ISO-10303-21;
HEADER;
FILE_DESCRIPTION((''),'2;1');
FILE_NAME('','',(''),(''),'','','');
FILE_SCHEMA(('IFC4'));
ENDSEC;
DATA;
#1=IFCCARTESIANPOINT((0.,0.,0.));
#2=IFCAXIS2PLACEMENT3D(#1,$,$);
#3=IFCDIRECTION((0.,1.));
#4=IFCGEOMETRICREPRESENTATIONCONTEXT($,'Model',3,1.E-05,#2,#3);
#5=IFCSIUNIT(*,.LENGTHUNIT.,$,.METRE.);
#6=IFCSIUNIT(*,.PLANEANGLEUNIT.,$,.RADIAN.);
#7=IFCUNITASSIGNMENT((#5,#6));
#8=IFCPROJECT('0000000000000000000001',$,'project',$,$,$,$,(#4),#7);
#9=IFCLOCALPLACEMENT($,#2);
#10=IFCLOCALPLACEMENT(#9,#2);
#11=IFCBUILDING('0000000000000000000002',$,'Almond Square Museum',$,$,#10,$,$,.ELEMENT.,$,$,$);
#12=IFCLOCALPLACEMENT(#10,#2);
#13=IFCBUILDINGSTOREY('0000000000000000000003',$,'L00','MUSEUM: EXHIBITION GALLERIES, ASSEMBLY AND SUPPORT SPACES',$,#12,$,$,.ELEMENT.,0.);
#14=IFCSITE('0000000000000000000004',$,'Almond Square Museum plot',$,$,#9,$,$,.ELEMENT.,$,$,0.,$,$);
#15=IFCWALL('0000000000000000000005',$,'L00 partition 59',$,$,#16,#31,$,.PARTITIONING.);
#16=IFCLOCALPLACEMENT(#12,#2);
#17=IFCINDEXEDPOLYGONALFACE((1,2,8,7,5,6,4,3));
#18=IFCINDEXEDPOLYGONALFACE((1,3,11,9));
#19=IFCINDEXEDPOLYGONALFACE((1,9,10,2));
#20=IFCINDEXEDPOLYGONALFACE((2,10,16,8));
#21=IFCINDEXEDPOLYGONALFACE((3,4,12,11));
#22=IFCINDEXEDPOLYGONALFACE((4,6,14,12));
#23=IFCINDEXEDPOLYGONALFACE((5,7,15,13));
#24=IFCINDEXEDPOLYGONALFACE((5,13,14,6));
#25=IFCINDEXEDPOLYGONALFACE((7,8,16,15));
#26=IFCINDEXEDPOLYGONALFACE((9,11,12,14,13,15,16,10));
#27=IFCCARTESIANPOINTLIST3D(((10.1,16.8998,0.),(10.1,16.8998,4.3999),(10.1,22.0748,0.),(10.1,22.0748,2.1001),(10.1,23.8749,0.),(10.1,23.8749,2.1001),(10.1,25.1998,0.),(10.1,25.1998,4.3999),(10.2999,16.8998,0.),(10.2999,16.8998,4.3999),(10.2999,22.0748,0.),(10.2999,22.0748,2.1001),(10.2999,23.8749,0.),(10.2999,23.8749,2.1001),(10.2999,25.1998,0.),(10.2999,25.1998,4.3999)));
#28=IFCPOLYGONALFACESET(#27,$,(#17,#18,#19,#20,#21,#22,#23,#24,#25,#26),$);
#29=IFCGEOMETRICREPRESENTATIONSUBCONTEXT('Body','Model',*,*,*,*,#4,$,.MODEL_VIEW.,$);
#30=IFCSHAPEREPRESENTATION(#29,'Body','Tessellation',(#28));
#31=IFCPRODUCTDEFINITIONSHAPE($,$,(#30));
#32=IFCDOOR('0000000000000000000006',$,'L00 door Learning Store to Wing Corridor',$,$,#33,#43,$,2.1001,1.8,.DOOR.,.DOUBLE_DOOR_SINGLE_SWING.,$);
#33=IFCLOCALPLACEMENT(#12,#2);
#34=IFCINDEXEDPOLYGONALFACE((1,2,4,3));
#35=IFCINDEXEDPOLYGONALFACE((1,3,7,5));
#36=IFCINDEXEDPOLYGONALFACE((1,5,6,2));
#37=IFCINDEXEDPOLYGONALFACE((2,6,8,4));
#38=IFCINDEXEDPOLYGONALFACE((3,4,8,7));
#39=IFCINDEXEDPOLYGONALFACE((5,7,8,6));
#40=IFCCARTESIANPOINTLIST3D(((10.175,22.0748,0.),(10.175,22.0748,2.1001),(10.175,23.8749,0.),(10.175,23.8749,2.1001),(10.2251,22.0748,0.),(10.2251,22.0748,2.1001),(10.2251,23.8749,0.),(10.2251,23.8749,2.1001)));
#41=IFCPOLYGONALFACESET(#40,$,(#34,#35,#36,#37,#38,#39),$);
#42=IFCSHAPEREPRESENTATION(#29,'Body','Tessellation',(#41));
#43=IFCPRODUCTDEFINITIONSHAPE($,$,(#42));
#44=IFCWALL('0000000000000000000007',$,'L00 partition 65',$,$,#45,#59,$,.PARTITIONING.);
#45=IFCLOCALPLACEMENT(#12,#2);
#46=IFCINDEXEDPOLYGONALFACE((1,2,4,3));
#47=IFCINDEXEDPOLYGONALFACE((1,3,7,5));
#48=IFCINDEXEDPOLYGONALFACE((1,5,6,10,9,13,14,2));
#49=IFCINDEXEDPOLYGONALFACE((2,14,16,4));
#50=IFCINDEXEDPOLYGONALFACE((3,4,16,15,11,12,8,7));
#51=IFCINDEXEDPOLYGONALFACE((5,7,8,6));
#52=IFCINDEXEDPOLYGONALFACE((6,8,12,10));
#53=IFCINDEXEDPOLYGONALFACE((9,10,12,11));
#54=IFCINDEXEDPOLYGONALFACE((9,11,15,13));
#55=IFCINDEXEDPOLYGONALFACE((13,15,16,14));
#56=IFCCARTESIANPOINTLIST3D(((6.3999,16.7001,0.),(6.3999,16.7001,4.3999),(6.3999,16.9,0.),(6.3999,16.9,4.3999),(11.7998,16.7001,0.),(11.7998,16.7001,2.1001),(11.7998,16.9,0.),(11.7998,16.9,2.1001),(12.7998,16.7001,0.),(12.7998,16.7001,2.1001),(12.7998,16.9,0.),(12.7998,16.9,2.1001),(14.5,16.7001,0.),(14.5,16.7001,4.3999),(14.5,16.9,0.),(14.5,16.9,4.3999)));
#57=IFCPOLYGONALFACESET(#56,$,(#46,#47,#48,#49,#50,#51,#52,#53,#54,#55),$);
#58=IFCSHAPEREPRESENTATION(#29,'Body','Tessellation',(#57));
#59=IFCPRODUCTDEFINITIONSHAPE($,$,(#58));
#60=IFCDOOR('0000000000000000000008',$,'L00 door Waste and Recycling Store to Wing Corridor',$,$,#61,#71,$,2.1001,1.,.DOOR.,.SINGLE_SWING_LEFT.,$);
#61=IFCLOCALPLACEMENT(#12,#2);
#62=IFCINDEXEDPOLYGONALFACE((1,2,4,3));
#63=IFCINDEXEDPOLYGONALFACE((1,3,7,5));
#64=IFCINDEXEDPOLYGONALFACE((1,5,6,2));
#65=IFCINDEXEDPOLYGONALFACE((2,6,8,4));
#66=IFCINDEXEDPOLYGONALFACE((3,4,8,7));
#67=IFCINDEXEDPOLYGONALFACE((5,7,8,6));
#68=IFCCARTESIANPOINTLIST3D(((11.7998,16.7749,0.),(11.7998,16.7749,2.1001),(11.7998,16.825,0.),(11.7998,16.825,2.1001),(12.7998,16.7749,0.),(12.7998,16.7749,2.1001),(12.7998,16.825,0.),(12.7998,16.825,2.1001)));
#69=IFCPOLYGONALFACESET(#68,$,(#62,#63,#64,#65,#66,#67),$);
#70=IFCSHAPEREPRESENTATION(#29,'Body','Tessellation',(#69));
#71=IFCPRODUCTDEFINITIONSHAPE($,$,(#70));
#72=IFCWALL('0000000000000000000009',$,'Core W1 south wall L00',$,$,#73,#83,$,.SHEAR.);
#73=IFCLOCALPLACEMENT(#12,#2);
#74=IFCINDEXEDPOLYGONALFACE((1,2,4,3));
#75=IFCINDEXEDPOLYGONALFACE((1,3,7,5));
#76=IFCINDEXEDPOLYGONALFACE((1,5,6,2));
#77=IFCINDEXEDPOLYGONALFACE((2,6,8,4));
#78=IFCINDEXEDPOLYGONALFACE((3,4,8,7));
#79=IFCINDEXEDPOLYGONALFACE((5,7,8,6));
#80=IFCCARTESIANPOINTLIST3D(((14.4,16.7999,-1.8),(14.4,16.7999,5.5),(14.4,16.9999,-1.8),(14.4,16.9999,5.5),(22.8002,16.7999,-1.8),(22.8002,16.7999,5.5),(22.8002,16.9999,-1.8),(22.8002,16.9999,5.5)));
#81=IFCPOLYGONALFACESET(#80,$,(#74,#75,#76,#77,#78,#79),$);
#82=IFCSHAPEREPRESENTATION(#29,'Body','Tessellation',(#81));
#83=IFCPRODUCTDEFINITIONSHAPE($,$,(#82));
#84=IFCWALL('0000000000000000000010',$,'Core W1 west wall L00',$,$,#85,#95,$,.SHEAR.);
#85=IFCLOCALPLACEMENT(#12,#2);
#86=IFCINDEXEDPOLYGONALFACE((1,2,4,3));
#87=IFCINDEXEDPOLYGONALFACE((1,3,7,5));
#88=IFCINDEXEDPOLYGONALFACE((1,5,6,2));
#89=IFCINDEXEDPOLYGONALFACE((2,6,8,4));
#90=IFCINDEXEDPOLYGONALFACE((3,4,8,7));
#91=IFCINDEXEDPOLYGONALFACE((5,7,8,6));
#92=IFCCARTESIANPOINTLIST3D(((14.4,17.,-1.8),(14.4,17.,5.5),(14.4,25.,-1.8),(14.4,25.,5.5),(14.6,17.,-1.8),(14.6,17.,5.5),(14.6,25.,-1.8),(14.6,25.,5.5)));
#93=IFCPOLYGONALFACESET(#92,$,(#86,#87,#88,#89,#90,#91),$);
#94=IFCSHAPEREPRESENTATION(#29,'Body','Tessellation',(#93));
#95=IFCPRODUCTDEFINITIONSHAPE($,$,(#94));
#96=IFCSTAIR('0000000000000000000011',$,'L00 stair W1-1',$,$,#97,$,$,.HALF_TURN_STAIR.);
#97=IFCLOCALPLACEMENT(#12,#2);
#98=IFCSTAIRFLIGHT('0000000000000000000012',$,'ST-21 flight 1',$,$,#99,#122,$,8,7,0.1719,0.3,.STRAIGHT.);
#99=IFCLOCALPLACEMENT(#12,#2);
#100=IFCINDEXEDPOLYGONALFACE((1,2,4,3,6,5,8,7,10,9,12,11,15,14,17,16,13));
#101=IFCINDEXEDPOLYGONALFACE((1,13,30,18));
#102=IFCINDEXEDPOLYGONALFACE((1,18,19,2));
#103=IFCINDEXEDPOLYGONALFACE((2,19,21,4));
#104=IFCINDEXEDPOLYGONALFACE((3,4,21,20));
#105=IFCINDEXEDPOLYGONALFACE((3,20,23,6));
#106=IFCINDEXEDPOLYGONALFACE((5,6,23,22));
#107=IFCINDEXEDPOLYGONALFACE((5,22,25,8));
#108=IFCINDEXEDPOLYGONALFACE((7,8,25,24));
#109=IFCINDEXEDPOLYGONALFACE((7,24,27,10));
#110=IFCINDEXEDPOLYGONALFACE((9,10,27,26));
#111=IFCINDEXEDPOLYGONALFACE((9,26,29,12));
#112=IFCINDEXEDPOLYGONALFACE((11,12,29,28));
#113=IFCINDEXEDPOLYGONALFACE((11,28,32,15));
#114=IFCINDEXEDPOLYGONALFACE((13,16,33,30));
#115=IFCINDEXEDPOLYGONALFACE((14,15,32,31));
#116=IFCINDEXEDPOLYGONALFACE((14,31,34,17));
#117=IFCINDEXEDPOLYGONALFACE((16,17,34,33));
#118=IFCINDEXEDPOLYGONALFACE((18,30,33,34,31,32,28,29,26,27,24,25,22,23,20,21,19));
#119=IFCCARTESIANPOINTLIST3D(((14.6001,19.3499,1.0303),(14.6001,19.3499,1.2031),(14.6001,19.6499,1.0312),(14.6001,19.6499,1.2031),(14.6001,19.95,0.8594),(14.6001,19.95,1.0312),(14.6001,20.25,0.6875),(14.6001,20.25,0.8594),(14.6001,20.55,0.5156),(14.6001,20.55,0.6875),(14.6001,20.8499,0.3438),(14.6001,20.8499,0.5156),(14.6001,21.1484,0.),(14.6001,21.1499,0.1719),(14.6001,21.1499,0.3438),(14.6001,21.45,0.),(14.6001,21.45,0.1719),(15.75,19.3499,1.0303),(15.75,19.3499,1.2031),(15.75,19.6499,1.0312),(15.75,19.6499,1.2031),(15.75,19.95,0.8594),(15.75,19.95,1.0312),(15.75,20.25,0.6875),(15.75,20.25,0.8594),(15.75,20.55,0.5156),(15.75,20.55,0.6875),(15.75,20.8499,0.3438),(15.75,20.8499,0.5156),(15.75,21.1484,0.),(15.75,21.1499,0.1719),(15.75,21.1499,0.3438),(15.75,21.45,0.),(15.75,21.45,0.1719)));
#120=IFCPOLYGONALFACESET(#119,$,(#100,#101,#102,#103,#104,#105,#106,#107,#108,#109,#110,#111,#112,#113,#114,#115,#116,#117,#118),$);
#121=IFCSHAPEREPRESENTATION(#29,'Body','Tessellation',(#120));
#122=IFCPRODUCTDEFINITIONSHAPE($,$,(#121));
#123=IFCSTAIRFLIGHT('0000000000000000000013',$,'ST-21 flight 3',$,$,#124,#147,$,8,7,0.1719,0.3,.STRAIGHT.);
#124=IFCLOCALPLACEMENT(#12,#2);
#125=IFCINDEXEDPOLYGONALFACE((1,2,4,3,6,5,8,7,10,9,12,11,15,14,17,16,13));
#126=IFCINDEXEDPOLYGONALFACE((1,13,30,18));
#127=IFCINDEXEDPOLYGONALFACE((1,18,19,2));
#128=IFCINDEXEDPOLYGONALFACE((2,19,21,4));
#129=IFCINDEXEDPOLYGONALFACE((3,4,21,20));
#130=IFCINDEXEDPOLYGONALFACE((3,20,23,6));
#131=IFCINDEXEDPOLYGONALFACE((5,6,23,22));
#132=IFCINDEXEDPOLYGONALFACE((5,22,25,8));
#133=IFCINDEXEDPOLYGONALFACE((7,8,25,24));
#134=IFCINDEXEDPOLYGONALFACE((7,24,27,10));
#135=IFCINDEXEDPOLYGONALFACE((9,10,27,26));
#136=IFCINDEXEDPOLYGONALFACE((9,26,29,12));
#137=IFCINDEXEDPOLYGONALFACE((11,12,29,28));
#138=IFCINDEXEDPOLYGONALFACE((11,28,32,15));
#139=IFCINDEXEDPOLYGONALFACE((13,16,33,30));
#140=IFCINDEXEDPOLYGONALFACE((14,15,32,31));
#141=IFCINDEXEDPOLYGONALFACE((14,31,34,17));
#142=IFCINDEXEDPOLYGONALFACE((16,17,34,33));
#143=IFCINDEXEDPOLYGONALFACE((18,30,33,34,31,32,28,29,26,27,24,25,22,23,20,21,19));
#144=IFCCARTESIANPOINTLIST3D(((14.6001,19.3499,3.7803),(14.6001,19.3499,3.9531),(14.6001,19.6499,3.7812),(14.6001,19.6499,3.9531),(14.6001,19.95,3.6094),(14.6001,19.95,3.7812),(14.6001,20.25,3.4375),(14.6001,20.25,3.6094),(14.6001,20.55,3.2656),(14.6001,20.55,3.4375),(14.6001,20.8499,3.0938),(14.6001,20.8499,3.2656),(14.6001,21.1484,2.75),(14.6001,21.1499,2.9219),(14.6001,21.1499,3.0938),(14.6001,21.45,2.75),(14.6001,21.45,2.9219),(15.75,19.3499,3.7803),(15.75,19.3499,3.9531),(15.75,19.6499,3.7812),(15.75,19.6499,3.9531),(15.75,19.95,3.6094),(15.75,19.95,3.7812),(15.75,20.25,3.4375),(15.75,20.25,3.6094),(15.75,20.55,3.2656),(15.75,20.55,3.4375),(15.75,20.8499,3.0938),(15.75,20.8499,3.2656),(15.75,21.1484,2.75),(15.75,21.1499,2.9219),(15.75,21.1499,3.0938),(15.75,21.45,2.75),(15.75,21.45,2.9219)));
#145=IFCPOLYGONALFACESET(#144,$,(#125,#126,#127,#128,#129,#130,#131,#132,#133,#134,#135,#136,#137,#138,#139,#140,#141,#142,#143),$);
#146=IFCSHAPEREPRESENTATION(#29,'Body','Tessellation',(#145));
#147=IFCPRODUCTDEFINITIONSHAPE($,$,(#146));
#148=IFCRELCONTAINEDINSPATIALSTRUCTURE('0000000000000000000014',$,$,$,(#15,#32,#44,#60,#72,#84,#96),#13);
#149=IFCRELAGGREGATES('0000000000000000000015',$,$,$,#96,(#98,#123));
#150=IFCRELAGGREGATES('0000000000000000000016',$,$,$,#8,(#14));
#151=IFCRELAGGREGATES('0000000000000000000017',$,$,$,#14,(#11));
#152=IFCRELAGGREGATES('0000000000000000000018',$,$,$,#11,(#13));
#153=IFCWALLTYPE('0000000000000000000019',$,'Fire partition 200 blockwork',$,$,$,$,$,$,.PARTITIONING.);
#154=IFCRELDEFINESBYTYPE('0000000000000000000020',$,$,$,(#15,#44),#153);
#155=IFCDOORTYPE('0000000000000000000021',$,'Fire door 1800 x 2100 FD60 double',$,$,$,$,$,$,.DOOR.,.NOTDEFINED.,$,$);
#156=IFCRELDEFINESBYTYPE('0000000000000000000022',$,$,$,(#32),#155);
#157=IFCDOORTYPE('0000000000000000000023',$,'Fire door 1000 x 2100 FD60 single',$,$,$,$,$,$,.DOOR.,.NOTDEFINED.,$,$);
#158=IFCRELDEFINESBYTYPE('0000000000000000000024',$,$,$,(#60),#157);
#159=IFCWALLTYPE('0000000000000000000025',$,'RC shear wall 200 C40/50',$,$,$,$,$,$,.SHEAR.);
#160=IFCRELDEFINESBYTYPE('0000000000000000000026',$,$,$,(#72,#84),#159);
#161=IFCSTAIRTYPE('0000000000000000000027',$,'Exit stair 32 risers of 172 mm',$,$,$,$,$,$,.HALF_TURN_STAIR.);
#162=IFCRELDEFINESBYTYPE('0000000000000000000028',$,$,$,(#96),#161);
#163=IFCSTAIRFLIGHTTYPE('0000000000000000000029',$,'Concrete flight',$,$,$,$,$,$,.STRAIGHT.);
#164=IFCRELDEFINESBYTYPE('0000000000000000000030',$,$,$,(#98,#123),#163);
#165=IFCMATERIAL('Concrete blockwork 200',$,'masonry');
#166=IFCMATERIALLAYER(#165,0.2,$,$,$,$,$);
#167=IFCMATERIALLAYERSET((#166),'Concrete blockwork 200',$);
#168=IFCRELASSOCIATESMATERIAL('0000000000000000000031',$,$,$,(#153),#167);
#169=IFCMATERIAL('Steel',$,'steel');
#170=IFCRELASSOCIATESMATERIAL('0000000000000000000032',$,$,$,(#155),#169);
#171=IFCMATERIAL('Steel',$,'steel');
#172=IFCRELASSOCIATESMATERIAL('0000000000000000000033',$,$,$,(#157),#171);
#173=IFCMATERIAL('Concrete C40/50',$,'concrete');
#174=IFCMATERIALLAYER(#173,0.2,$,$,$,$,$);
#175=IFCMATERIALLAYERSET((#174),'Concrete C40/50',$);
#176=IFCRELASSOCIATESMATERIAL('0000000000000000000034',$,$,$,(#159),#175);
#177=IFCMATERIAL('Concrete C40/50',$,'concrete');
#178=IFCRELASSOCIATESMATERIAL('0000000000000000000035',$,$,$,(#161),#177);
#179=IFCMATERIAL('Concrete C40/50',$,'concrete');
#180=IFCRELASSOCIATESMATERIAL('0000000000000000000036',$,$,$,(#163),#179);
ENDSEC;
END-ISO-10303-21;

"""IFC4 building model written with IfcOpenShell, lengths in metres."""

from ifc_helpers import new_model, si_unit, direction, frame, frame_2d, origin, place, context, subcontext, project, spatial, polyline, rectangle, outline, extrude, material, layer, layer_set, type_object, element, fill, aggregate, save


model = new_model("IFC4")

# Units and contexts
model_context = context("Model", 3, precision=1e-05, world=origin(), true_north=direction((0.0, 1.0)))
body_context = subcontext(model_context, "Body", "Model", "MODEL_VIEW")
ifc_project = project(units=[si_unit("LENGTHUNIT", "METRE"), si_unit("PLANEANGLEUNIT", "RADIAN")], contexts=[model_context])

# Site, building, storey
site_placement = place(None, origin())
site = spatial("IfcSite", under=ifc_project, at=site_placement, Name="Almond Square Museum plot", CompositionType="ELEMENT", RefElevation=0.0)
building_placement = place(site_placement, origin())
building = spatial("IfcBuilding", under=site, at=building_placement, Name="Almond Square Museum", CompositionType="ELEMENT")
storey_placement = place(building_placement, origin())
storey = spatial("IfcBuildingStorey", under=building, at=storey_placement, Name="L00", Description="MUSEUM: EXHIBITION GALLERIES, ASSEMBLY AND SUPPORT SPACES", CompositionType="ELEMENT", Elevation=0.0)

# Walls, openings, doors
ifc_material_1 = material(Name="Concrete blockwork 200", Category="masonry")
ifc_layer_1 = layer(ifc_material_1, 0.2)
ifc_layer_set_1 = layer_set([ifc_layer_1], Name="Concrete blockwork 200")
wall_type_1 = type_object("IfcWallType", Name="Fire partition 200 blockwork", PredefinedType="PARTITIONING", material=ifc_layer_set_1)
wall_1_placement = place(storey_placement, frame((10.2, 16.8999, 0.0), z_axis=(0.0, 0.0, 1.0), x_axis=(0.0, 1.0, 0.0)))
wall_1 = element("IfcWall", 1, at=wall_1_placement, inside=storey, type_object=wall_type_1, Name="L00 partition 59", PredefinedType="PARTITIONING", context=body_context, shape_type="SweptSolid", body=[
    extrude(rectangle(XDim=8.3, YDim=0.2, at=frame_2d((4.1499, 0.0))), origin(), (0.0, 0.0, 1.0), 4.3999),
])
opening_1_placement = place(wall_1_placement, frame((5.175, 0.0, 0.0)))
opening_1 = element("IfcOpeningElement", 2, at=opening_1_placement, cuts=wall_1, PredefinedType="OPENING", context=body_context, shape_type="SweptSolid", body=[
    extrude(rectangle(XDim=1.8, YDim=2.1001, at=frame_2d((0.8999, 1.05))), frame((0.0, 0.1099, 0.0), z_axis=(0.0, -1.0, 0.0), x_axis=(1.0, 0.0, 0.0)), (0.0, 0.0, 1.0), 0.22),
])
ifc_material_2 = material(Name="Steel", Category="steel")
door_type_1 = type_object("IfcDoorType", Name="Fire door 1800 x 2100 FD60 double", OperationType="NOTDEFINED", PredefinedType="DOOR", material=ifc_material_2)
door_1_placement = place(opening_1_placement, origin())
door_1 = element("IfcDoor", 3, at=door_1_placement, inside=storey, type_object=door_type_1, Name="L00 door Learning Store to Wing Corridor", OperationType="DOUBLE_DOOR_SINGLE_SWING", OverallHeight=2.1001, OverallWidth=1.8, PredefinedType="DOOR", context=body_context, shape_type="SweptSolid", body=[
    extrude(rectangle(XDim=1.8, YDim=2.1001, at=frame_2d((0.8999, 1.05))), frame((0.0, 0.0249, 0.0), z_axis=(0.0, -1.0, 0.0), x_axis=(1.0, 0.0, 0.0)), (0.0, 0.0, 1.0), 0.05),
])
fill(opening_1, door_1)
wall_2_placement = place(storey_placement, frame((6.3999, 16.8, 0.0), z_axis=(0.0, 0.0, 1.0), x_axis=(1.0, 0.0, 0.0)))
wall_2 = element("IfcWall", 4, at=wall_2_placement, inside=storey, type_object=wall_type_1, Name="L00 partition 65", PredefinedType="PARTITIONING", context=body_context, shape_type="SweptSolid", body=[
    extrude(rectangle(XDim=8.1001, YDim=0.2, at=frame_2d((4.05, 0.0))), origin(), (0.0, 0.0, 1.0), 4.3999),
])
opening_2_placement = place(wall_2_placement, frame((5.3999, 0.0, 0.0)))
opening_2 = element("IfcOpeningElement", 5, at=opening_2_placement, cuts=wall_2, PredefinedType="OPENING", context=body_context, shape_type="SweptSolid", body=[
    extrude(rectangle(XDim=1.0, YDim=2.1001, at=frame_2d((0.5, 1.05))), frame((0.0, 0.1099, 0.0), z_axis=(0.0, -1.0, 0.0), x_axis=(1.0, 0.0, 0.0)), (0.0, 0.0, 1.0), 0.22),
])
ifc_material_3 = material(Name="Steel", Category="steel")
door_type_2 = type_object("IfcDoorType", Name="Fire door 1000 x 2100 FD60 single", OperationType="NOTDEFINED", PredefinedType="DOOR", material=ifc_material_3)
door_2_placement = place(opening_2_placement, origin())
door_2 = element("IfcDoor", 6, at=door_2_placement, inside=storey, type_object=door_type_2, Name="L00 door Waste and Recycling Store to Wing Corridor", OperationType="SINGLE_SWING_LEFT", OverallHeight=2.1001, OverallWidth=1.0, PredefinedType="DOOR", context=body_context, shape_type="SweptSolid", body=[
    extrude(rectangle(XDim=1.0, YDim=2.1001, at=frame_2d((0.5, 1.05))), frame((0.0, 0.0249, 0.0), z_axis=(0.0, -1.0, 0.0), x_axis=(1.0, 0.0, 0.0)), (0.0, 0.0, 1.0), 0.05),
])
fill(opening_2, door_2)

# Walls
ifc_material_4 = material(Name="Concrete C40/50", Category="concrete")
ifc_layer_2 = layer(ifc_material_4, 0.2)
ifc_layer_set_2 = layer_set([ifc_layer_2], Name="Concrete C40/50")
wall_type_2 = type_object("IfcWallType", Name="RC shear wall 200 C40/50", PredefinedType="SHEAR", material=ifc_layer_set_2)
wall_3_placement = place(storey_placement, frame((14.3999, 16.8999, -1.8), z_axis=(0.0, 0.0, 1.0), x_axis=(1.0, 0.0, 0.0)))
element("IfcWall", 7, at=wall_3_placement, inside=storey, type_object=wall_type_2, Name="Core W1 south wall L00", PredefinedType="SHEAR", context=body_context, shape_type="SweptSolid", body=[
    extrude(rectangle(XDim=8.4001, YDim=0.2, at=frame_2d((4.2002, 0.0))), origin(), (0.0, 0.0, 1.0), 7.3),
])
wall_4_placement = place(storey_placement, frame((14.5, 17.0, -1.8), z_axis=(0.0, 0.0, 1.0), x_axis=(0.0, 1.0, 0.0)))
element("IfcWall", 8, at=wall_4_placement, inside=storey, type_object=wall_type_2, Name="Core W1 west wall L00", PredefinedType="SHEAR", context=body_context, shape_type="SweptSolid", body=[
    extrude(rectangle(XDim=8.0, YDim=0.2, at=frame_2d((4.0, 0.0))), origin(), (0.0, 0.0, 1.0), 7.3),
])

# Stair, stair flights
ifc_material_5 = material(Name="Concrete C40/50", Category="concrete")
stair_type = type_object("IfcStairType", Name="Exit stair 32 risers of 172 mm", PredefinedType="HALF_TURN_STAIR", material=ifc_material_5)
stair_placement = place(storey_placement, origin())
stair = element("IfcStair", 9, at=stair_placement, inside=storey, type_object=stair_type, Name="L00 stair W1-1", PredefinedType="HALF_TURN_STAIR")
ifc_material_6 = material(Name="Concrete C40/50", Category="concrete")
stair_flight_type = type_object("IfcStairFlightType", Name="Concrete flight", PredefinedType="STRAIGHT", material=ifc_material_6)
stair_flight_1_placement = place(storey_placement, frame((15.175, 21.45, 0.0), z_axis=(0.0, 0.0, 1.0), x_axis=(0.0, -1.0, 0.0)))
stair_flight_1 = element("IfcStairFlight", 10, at=stair_flight_1_placement, type_object=stair_flight_type, Name="ST-21 flight 1", NumberOfRisers=8, NumberOfTreads=7, PredefinedType="STRAIGHT", RiserHeight=0.1719, TreadLength=0.3, context=body_context, shape_type="SweptSolid", body=[
    extrude(outline(polyline([(0.0, 0.0), (0.0, 0.1719), (0.3, 0.1719), (0.3, 0.3438), (0.6001, 0.3438), (0.6001, 0.5156), (0.8999, 0.5156), (0.8999, 0.6875), (1.2, 0.6875), (1.2, 0.8594), (1.5, 0.8594), (1.5, 1.0312), (1.8, 1.0312), (1.8, 1.2031), (2.1001, 1.2031), (2.1001, 1.375), (2.1001, 1.0303), (0.3015, 0.0), (0.0, 0.0)])), frame((0.0, 0.575, 0.0), z_axis=(0.0, -1.0, 0.0), x_axis=(1.0, 0.0, 0.0)), (0.0, 0.0, 1.0), 1.1499),
])
stair_flight_2_placement = place(storey_placement, frame((15.175, 21.45, 2.75), z_axis=(0.0, 0.0, 1.0), x_axis=(0.0, -1.0, 0.0)))
stair_flight_2 = element("IfcStairFlight", 11, at=stair_flight_2_placement, type_object=stair_flight_type, Name="ST-21 flight 3", NumberOfRisers=8, NumberOfTreads=7, PredefinedType="STRAIGHT", RiserHeight=0.1719, TreadLength=0.3, context=body_context, shape_type="SweptSolid", body=[
    extrude(outline(polyline([(0.0, 0.0), (0.0, 0.1719), (0.3, 0.1719), (0.3, 0.3438), (0.6001, 0.3438), (0.6001, 0.5156), (0.8999, 0.5156), (0.8999, 0.6875), (1.2, 0.6875), (1.2, 0.8594), (1.5, 0.8594), (1.5, 1.0312), (1.8, 1.0312), (1.8, 1.2031), (2.1001, 1.2031), (2.1001, 1.375), (2.1001, 1.0303), (0.3015, 0.0), (0.0, 0.0)])), frame((0.0, 0.575, 0.0), z_axis=(0.0, -1.0, 0.0), x_axis=(1.0, 0.0, 0.0)), (0.0, 0.0, 1.0), 1.1499),
])
aggregate(stair, [stair_flight_1, stair_flight_2])

save(model, "model.ifc")
